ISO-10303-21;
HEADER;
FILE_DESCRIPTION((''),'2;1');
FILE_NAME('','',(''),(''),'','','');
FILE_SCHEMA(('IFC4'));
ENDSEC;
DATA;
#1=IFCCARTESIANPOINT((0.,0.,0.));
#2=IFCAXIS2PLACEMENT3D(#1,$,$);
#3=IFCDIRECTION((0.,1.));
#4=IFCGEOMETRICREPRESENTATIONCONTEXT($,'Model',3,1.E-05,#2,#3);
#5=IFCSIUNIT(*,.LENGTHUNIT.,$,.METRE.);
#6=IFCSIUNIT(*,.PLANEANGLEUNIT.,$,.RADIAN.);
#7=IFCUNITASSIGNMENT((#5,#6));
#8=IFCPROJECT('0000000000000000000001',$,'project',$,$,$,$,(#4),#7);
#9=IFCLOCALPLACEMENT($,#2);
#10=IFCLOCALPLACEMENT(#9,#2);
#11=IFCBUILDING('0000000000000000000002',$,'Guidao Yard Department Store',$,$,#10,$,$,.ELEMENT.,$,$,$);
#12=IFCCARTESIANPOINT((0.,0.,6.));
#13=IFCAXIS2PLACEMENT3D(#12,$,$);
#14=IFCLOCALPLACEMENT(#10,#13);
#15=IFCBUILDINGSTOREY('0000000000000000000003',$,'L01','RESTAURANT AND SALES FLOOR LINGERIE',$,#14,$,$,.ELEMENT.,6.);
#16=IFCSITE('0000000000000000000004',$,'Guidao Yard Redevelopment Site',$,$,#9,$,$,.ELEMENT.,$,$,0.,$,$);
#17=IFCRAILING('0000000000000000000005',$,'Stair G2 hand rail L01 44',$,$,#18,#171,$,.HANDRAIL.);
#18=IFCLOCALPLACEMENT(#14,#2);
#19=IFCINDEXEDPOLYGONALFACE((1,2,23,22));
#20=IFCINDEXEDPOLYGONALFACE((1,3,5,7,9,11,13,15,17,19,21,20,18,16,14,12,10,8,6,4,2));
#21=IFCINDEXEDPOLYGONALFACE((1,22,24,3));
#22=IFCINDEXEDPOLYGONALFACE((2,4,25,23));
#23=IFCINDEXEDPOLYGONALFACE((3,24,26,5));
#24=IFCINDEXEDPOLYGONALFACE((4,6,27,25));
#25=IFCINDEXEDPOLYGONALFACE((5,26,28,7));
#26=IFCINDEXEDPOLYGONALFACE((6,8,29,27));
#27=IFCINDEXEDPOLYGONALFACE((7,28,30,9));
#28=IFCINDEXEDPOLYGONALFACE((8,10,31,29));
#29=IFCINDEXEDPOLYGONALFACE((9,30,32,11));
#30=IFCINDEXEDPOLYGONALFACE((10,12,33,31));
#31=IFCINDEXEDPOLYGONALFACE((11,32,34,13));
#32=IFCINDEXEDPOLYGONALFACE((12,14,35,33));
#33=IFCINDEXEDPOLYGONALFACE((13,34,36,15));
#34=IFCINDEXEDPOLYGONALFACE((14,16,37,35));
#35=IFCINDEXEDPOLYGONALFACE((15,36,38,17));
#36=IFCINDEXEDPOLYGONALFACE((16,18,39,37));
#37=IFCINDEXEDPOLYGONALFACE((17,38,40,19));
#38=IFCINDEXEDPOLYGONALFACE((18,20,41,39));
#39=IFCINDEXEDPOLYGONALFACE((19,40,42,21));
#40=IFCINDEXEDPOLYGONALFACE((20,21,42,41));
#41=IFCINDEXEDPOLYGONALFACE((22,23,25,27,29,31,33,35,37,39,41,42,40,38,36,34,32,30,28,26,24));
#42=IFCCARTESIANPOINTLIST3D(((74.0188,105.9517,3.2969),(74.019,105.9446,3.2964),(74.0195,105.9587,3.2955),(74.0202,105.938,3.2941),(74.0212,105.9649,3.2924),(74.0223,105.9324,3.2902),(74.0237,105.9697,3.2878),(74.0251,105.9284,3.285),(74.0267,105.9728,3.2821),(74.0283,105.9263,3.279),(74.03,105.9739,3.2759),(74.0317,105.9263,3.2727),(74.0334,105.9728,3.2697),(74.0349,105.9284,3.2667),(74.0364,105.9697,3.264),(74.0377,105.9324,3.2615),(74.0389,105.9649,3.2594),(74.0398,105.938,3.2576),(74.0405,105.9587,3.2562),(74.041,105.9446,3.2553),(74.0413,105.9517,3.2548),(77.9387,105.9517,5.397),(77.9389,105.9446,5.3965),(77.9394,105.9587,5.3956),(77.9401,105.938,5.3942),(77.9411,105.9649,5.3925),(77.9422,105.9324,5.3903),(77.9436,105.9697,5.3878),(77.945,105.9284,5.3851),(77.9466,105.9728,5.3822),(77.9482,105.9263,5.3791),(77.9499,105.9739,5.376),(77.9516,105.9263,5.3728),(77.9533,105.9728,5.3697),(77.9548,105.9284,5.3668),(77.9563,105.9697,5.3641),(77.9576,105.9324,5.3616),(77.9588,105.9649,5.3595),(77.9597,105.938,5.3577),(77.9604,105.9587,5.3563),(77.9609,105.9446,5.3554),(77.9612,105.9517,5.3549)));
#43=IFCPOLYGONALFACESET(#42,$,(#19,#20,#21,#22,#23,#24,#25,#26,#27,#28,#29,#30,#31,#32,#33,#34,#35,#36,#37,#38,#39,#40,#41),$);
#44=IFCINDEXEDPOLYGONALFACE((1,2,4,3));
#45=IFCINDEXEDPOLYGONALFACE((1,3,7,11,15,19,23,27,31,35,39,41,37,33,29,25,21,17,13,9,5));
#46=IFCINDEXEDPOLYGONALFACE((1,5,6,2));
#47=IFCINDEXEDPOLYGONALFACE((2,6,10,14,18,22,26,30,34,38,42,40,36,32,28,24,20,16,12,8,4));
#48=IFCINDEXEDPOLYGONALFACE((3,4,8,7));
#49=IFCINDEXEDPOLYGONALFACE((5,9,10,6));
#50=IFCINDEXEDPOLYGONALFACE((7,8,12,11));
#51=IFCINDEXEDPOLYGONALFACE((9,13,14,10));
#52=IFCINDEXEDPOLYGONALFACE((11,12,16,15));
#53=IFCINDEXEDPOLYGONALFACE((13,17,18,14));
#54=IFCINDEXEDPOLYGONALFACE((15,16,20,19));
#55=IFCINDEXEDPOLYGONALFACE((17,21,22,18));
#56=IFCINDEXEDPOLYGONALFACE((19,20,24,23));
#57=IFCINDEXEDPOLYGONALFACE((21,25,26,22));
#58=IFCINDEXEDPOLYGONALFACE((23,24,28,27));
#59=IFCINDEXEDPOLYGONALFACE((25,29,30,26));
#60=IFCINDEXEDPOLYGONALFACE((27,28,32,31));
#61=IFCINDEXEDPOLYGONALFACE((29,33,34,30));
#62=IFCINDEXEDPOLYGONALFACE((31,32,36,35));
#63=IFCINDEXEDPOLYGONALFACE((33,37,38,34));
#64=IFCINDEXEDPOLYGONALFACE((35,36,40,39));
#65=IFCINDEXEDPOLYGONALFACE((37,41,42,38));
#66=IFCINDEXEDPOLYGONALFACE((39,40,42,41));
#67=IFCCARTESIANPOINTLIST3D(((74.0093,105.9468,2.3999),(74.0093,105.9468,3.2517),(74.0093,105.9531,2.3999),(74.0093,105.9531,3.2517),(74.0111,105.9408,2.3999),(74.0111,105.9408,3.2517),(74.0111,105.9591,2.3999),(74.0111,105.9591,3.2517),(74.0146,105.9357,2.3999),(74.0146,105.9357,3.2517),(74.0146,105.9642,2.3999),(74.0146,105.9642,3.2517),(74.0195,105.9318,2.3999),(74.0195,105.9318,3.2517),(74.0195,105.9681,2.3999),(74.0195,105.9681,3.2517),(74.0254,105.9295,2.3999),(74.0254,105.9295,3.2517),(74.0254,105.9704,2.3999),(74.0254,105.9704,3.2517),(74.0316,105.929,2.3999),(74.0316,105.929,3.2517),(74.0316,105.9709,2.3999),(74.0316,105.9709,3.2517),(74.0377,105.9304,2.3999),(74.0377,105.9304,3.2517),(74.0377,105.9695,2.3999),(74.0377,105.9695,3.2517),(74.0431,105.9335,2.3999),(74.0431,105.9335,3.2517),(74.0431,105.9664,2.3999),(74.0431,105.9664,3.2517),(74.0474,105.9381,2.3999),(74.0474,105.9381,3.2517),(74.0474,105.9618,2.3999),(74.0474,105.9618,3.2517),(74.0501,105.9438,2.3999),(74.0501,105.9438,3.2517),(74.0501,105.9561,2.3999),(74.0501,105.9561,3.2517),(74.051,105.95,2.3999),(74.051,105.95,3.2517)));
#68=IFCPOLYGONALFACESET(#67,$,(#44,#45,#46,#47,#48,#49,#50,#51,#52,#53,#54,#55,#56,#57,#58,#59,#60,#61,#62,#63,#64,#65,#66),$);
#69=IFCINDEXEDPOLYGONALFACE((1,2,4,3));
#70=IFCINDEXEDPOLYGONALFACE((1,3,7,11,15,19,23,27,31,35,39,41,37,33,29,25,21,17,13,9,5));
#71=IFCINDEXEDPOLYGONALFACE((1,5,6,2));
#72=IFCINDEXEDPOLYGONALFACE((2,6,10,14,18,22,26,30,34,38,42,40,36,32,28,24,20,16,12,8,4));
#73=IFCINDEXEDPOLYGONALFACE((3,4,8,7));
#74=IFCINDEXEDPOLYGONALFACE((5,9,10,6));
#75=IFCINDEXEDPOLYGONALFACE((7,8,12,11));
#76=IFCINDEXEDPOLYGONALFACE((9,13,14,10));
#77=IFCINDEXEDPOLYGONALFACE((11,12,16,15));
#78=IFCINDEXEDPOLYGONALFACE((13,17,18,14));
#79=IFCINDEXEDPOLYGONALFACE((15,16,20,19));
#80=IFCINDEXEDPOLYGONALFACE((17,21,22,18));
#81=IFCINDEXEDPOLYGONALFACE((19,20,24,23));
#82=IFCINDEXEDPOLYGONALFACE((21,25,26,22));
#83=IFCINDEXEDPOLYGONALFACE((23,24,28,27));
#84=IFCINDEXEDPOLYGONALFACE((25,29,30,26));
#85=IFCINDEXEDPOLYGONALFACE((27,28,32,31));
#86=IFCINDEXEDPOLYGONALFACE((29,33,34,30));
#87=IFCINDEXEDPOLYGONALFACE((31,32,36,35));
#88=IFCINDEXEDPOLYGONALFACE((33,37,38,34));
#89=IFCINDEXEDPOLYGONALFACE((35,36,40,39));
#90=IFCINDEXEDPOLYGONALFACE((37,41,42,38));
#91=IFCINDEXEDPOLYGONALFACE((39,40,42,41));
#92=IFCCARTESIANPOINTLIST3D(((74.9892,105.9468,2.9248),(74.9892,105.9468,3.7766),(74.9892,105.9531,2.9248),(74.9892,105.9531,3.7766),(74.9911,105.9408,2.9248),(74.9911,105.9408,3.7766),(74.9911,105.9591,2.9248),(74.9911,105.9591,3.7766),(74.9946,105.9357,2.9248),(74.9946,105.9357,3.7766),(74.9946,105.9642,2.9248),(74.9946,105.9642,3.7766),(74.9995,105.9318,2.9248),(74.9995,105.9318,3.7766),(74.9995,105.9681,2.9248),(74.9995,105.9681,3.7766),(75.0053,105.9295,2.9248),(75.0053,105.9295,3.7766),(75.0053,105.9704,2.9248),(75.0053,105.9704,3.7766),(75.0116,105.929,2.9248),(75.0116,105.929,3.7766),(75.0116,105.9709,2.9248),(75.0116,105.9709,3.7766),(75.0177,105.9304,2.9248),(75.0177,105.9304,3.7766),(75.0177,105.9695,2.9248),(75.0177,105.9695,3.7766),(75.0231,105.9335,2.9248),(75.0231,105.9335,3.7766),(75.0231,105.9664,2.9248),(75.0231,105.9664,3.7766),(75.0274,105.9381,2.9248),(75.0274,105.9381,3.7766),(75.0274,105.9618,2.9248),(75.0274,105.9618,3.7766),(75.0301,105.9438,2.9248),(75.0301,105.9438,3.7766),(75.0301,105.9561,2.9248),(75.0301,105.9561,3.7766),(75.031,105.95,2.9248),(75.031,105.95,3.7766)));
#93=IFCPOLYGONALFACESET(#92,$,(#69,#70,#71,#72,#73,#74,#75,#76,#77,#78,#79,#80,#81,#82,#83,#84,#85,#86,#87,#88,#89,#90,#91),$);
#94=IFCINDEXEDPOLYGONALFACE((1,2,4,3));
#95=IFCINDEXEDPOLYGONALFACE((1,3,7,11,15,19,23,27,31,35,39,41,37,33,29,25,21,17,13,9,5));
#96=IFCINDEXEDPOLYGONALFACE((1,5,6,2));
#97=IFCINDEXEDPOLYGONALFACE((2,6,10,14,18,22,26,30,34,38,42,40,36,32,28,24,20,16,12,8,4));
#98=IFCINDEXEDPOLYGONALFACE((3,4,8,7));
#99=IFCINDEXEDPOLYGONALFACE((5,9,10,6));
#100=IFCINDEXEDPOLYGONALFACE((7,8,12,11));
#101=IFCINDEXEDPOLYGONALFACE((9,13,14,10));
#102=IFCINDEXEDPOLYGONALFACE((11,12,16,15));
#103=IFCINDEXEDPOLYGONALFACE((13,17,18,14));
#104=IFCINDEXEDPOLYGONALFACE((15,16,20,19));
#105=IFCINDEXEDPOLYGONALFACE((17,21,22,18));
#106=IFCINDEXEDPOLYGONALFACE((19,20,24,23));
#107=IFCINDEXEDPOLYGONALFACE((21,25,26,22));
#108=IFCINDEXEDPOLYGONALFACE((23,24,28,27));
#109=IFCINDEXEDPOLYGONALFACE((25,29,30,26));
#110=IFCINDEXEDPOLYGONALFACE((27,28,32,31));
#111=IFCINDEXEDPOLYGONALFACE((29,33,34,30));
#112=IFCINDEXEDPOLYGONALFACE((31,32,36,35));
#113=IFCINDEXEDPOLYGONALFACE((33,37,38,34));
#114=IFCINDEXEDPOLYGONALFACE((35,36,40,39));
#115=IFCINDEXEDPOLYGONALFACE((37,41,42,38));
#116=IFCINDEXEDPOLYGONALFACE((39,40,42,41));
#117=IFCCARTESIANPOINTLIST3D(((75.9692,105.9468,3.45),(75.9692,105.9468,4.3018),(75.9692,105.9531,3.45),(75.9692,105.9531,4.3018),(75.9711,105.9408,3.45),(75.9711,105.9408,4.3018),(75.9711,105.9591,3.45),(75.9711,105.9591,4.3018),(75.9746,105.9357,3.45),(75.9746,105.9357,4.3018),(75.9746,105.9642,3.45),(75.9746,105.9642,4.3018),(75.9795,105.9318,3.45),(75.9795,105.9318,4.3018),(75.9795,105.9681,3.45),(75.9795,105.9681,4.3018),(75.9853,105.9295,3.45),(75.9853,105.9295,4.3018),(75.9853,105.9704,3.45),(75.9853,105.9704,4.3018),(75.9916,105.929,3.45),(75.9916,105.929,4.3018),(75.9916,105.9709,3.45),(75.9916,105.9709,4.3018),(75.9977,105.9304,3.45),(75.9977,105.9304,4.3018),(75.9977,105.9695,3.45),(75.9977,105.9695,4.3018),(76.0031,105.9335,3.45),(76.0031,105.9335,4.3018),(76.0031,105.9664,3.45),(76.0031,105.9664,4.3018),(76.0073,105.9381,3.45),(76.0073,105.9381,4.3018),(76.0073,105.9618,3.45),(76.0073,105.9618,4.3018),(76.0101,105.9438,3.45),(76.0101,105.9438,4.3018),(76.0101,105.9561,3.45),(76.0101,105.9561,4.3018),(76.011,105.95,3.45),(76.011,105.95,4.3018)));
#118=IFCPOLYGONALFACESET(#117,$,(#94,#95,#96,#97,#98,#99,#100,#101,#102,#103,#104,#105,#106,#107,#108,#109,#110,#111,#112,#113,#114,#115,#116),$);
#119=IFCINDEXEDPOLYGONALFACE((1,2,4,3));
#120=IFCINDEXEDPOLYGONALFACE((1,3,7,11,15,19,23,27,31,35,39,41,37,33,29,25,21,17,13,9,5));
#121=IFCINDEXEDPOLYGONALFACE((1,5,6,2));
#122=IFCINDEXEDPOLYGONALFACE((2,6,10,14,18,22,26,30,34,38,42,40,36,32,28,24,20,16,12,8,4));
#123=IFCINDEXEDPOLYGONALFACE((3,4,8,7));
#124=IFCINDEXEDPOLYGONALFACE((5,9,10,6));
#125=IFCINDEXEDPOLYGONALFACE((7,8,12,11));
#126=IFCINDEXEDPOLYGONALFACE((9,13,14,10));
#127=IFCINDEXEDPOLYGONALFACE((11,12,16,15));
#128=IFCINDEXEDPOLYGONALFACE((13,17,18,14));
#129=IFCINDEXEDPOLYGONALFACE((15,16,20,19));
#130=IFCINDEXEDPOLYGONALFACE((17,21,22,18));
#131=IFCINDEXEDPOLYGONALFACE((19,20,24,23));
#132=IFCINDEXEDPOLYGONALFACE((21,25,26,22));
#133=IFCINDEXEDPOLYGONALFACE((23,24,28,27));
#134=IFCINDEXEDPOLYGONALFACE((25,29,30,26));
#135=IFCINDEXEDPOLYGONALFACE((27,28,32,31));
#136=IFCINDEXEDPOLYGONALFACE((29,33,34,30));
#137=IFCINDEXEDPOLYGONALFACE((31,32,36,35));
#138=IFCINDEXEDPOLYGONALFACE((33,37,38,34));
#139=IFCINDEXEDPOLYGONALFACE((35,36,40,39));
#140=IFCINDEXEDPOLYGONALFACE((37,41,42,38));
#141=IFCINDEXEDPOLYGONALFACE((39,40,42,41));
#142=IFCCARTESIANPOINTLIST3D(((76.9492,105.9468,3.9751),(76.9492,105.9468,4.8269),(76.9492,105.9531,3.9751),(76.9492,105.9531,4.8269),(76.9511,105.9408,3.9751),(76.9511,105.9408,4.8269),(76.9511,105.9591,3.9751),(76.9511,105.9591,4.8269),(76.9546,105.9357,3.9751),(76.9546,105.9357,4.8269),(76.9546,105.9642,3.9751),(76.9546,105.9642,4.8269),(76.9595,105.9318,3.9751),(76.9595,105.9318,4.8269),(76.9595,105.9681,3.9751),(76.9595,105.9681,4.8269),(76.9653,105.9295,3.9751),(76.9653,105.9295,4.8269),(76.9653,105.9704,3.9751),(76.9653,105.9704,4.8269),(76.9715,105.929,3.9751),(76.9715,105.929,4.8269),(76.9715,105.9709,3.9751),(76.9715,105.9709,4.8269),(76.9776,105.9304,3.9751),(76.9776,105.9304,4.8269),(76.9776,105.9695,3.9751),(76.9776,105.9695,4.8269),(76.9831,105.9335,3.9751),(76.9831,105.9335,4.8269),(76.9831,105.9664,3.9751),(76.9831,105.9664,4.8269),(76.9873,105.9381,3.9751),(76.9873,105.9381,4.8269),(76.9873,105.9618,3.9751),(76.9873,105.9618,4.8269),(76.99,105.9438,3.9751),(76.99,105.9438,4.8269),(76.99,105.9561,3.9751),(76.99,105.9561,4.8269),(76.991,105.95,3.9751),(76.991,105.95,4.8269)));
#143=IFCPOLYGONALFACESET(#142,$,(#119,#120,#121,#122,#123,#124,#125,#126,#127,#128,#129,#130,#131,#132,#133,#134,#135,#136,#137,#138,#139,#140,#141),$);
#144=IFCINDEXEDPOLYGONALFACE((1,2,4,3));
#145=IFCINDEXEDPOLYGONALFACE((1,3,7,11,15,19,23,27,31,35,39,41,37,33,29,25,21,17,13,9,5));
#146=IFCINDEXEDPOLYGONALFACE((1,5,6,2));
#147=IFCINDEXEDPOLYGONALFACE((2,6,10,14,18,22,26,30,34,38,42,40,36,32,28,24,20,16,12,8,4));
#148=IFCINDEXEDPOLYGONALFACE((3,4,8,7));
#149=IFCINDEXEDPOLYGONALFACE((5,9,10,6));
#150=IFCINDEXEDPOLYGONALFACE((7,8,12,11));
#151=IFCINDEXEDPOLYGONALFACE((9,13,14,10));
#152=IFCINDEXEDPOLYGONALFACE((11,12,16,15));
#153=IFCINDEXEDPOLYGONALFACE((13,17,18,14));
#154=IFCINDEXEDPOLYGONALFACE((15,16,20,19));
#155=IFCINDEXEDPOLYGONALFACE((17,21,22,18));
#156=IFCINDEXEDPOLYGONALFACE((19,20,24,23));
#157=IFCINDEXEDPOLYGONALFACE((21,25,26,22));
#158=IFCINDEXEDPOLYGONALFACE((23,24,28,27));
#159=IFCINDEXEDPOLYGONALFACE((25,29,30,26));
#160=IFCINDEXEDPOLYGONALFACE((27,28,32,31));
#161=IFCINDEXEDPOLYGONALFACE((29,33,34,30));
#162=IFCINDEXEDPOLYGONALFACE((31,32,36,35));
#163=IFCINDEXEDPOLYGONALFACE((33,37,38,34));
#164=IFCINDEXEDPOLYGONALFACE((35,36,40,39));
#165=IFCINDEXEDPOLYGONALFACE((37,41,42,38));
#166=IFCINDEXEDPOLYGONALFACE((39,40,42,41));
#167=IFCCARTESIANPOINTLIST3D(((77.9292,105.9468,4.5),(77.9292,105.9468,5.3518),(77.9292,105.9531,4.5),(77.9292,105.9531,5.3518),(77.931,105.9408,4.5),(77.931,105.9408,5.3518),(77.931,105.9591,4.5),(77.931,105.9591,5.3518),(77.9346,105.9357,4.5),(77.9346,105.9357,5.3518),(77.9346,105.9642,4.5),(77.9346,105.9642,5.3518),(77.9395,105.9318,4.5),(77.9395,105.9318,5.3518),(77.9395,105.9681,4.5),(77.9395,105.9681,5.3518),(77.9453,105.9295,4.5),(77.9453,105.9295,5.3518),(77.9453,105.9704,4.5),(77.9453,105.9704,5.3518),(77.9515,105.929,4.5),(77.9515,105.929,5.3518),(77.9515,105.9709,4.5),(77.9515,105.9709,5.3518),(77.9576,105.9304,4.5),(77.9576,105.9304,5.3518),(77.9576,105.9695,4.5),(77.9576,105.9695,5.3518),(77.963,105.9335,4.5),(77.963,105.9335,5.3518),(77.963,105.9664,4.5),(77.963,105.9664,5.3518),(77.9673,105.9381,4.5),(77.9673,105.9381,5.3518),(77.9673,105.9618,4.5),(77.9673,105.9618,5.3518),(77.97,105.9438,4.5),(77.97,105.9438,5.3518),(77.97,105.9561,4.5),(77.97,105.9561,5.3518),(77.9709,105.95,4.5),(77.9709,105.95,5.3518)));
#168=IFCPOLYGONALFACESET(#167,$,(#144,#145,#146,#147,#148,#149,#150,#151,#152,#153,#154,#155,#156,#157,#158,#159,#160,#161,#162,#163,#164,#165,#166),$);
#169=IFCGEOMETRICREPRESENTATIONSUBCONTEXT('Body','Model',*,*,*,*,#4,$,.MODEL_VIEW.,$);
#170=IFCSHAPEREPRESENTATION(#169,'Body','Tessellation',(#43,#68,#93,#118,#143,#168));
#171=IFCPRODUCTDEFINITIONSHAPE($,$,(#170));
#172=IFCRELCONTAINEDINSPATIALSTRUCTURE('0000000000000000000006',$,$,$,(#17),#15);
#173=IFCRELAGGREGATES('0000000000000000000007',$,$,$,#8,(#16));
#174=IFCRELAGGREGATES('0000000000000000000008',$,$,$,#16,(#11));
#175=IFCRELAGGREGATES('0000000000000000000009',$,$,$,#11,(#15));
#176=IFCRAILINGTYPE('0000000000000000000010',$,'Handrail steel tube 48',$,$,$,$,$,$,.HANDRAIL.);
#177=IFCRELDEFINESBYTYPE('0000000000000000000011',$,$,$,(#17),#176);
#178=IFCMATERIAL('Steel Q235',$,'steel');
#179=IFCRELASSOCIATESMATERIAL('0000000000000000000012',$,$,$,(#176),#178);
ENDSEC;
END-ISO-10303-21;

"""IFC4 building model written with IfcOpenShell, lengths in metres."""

from ifc_helpers import new_model, si_unit, direction, frame, origin, origin_2d, place, context, subcontext, project, spatial, circle, extrude, material, type_object, element, save


model = new_model("IFC4")

# Units and contexts
model_context = context("Model", 3, precision=1e-05, world=origin(), true_north=direction((0.0, 1.0)))
body_context = subcontext(model_context, "Body", "Model", "MODEL_VIEW")
ifc_project = project(units=[si_unit("LENGTHUNIT", "METRE"), si_unit("PLANEANGLEUNIT", "RADIAN")], contexts=[model_context])

# Site, building, storey
site_placement = place(None, origin())
site = spatial("IfcSite", under=ifc_project, at=site_placement, Name="Guidao Yard Redevelopment Site", CompositionType="ELEMENT", RefElevation=0.0)
building_placement = place(site_placement, origin())
building = spatial("IfcBuilding", under=site, at=building_placement, Name="Guidao Yard Department Store", CompositionType="ELEMENT")
storey_placement = place(building_placement, frame((0.0, 0.0, 6.0)))
storey = spatial("IfcBuildingStorey", under=building, at=storey_placement, Name="L01", Description="RESTAURANT AND SALES FLOOR LINGERIE", CompositionType="ELEMENT", Elevation=6.0)

# Railing
ifc_material_1 = material(Name="Steel Q235", Category="steel")
railing_type_1 = type_object("IfcRailingType", Name="Handrail steel tube 48", PredefinedType="HANDRAIL", material=ifc_material_1)
railing_1_placement = place(storey_placement, frame((74.03, 105.95, 2.3999)))
element("IfcRailing", 1, at=railing_1_placement, inside=storey, type_object=railing_type_1, Name="Stair G2 hand rail L01 44", PredefinedType="HANDRAIL", context=body_context, shape_type="SweptSolid", body=[
    extrude(circle(Radius=0.0239, at=origin_2d()), frame((0.0, 0.0, 0.876), z_axis=(0.881467, 0.0, 0.472246), x_axis=(0.0, 1.0, 0.0)), (0.0, 0.0, 1.0), 4.447),
    extrude(circle(Radius=0.021, at=origin_2d()), origin(), (0.0, 0.0, 1.0), 0.8518),
    extrude(circle(Radius=0.021, at=origin_2d()), frame((0.98, 0.0, 0.5249)), (0.0, 0.0, 1.0), 0.8518),
    extrude(circle(Radius=0.021, at=origin_2d()), frame((1.96, 0.0, 1.05)), (0.0, 0.0, 1.0), 0.8518),
    extrude(circle(Radius=0.021, at=origin_2d()), frame((2.9399, 0.0, 1.5752)), (0.0, 0.0, 1.0), 0.8518),
    extrude(circle(Radius=0.021, at=origin_2d()), frame((3.9199, 0.0, 2.1001)), (0.0, 0.0, 1.0), 0.8518),
])

save(model, "model.ifc")
